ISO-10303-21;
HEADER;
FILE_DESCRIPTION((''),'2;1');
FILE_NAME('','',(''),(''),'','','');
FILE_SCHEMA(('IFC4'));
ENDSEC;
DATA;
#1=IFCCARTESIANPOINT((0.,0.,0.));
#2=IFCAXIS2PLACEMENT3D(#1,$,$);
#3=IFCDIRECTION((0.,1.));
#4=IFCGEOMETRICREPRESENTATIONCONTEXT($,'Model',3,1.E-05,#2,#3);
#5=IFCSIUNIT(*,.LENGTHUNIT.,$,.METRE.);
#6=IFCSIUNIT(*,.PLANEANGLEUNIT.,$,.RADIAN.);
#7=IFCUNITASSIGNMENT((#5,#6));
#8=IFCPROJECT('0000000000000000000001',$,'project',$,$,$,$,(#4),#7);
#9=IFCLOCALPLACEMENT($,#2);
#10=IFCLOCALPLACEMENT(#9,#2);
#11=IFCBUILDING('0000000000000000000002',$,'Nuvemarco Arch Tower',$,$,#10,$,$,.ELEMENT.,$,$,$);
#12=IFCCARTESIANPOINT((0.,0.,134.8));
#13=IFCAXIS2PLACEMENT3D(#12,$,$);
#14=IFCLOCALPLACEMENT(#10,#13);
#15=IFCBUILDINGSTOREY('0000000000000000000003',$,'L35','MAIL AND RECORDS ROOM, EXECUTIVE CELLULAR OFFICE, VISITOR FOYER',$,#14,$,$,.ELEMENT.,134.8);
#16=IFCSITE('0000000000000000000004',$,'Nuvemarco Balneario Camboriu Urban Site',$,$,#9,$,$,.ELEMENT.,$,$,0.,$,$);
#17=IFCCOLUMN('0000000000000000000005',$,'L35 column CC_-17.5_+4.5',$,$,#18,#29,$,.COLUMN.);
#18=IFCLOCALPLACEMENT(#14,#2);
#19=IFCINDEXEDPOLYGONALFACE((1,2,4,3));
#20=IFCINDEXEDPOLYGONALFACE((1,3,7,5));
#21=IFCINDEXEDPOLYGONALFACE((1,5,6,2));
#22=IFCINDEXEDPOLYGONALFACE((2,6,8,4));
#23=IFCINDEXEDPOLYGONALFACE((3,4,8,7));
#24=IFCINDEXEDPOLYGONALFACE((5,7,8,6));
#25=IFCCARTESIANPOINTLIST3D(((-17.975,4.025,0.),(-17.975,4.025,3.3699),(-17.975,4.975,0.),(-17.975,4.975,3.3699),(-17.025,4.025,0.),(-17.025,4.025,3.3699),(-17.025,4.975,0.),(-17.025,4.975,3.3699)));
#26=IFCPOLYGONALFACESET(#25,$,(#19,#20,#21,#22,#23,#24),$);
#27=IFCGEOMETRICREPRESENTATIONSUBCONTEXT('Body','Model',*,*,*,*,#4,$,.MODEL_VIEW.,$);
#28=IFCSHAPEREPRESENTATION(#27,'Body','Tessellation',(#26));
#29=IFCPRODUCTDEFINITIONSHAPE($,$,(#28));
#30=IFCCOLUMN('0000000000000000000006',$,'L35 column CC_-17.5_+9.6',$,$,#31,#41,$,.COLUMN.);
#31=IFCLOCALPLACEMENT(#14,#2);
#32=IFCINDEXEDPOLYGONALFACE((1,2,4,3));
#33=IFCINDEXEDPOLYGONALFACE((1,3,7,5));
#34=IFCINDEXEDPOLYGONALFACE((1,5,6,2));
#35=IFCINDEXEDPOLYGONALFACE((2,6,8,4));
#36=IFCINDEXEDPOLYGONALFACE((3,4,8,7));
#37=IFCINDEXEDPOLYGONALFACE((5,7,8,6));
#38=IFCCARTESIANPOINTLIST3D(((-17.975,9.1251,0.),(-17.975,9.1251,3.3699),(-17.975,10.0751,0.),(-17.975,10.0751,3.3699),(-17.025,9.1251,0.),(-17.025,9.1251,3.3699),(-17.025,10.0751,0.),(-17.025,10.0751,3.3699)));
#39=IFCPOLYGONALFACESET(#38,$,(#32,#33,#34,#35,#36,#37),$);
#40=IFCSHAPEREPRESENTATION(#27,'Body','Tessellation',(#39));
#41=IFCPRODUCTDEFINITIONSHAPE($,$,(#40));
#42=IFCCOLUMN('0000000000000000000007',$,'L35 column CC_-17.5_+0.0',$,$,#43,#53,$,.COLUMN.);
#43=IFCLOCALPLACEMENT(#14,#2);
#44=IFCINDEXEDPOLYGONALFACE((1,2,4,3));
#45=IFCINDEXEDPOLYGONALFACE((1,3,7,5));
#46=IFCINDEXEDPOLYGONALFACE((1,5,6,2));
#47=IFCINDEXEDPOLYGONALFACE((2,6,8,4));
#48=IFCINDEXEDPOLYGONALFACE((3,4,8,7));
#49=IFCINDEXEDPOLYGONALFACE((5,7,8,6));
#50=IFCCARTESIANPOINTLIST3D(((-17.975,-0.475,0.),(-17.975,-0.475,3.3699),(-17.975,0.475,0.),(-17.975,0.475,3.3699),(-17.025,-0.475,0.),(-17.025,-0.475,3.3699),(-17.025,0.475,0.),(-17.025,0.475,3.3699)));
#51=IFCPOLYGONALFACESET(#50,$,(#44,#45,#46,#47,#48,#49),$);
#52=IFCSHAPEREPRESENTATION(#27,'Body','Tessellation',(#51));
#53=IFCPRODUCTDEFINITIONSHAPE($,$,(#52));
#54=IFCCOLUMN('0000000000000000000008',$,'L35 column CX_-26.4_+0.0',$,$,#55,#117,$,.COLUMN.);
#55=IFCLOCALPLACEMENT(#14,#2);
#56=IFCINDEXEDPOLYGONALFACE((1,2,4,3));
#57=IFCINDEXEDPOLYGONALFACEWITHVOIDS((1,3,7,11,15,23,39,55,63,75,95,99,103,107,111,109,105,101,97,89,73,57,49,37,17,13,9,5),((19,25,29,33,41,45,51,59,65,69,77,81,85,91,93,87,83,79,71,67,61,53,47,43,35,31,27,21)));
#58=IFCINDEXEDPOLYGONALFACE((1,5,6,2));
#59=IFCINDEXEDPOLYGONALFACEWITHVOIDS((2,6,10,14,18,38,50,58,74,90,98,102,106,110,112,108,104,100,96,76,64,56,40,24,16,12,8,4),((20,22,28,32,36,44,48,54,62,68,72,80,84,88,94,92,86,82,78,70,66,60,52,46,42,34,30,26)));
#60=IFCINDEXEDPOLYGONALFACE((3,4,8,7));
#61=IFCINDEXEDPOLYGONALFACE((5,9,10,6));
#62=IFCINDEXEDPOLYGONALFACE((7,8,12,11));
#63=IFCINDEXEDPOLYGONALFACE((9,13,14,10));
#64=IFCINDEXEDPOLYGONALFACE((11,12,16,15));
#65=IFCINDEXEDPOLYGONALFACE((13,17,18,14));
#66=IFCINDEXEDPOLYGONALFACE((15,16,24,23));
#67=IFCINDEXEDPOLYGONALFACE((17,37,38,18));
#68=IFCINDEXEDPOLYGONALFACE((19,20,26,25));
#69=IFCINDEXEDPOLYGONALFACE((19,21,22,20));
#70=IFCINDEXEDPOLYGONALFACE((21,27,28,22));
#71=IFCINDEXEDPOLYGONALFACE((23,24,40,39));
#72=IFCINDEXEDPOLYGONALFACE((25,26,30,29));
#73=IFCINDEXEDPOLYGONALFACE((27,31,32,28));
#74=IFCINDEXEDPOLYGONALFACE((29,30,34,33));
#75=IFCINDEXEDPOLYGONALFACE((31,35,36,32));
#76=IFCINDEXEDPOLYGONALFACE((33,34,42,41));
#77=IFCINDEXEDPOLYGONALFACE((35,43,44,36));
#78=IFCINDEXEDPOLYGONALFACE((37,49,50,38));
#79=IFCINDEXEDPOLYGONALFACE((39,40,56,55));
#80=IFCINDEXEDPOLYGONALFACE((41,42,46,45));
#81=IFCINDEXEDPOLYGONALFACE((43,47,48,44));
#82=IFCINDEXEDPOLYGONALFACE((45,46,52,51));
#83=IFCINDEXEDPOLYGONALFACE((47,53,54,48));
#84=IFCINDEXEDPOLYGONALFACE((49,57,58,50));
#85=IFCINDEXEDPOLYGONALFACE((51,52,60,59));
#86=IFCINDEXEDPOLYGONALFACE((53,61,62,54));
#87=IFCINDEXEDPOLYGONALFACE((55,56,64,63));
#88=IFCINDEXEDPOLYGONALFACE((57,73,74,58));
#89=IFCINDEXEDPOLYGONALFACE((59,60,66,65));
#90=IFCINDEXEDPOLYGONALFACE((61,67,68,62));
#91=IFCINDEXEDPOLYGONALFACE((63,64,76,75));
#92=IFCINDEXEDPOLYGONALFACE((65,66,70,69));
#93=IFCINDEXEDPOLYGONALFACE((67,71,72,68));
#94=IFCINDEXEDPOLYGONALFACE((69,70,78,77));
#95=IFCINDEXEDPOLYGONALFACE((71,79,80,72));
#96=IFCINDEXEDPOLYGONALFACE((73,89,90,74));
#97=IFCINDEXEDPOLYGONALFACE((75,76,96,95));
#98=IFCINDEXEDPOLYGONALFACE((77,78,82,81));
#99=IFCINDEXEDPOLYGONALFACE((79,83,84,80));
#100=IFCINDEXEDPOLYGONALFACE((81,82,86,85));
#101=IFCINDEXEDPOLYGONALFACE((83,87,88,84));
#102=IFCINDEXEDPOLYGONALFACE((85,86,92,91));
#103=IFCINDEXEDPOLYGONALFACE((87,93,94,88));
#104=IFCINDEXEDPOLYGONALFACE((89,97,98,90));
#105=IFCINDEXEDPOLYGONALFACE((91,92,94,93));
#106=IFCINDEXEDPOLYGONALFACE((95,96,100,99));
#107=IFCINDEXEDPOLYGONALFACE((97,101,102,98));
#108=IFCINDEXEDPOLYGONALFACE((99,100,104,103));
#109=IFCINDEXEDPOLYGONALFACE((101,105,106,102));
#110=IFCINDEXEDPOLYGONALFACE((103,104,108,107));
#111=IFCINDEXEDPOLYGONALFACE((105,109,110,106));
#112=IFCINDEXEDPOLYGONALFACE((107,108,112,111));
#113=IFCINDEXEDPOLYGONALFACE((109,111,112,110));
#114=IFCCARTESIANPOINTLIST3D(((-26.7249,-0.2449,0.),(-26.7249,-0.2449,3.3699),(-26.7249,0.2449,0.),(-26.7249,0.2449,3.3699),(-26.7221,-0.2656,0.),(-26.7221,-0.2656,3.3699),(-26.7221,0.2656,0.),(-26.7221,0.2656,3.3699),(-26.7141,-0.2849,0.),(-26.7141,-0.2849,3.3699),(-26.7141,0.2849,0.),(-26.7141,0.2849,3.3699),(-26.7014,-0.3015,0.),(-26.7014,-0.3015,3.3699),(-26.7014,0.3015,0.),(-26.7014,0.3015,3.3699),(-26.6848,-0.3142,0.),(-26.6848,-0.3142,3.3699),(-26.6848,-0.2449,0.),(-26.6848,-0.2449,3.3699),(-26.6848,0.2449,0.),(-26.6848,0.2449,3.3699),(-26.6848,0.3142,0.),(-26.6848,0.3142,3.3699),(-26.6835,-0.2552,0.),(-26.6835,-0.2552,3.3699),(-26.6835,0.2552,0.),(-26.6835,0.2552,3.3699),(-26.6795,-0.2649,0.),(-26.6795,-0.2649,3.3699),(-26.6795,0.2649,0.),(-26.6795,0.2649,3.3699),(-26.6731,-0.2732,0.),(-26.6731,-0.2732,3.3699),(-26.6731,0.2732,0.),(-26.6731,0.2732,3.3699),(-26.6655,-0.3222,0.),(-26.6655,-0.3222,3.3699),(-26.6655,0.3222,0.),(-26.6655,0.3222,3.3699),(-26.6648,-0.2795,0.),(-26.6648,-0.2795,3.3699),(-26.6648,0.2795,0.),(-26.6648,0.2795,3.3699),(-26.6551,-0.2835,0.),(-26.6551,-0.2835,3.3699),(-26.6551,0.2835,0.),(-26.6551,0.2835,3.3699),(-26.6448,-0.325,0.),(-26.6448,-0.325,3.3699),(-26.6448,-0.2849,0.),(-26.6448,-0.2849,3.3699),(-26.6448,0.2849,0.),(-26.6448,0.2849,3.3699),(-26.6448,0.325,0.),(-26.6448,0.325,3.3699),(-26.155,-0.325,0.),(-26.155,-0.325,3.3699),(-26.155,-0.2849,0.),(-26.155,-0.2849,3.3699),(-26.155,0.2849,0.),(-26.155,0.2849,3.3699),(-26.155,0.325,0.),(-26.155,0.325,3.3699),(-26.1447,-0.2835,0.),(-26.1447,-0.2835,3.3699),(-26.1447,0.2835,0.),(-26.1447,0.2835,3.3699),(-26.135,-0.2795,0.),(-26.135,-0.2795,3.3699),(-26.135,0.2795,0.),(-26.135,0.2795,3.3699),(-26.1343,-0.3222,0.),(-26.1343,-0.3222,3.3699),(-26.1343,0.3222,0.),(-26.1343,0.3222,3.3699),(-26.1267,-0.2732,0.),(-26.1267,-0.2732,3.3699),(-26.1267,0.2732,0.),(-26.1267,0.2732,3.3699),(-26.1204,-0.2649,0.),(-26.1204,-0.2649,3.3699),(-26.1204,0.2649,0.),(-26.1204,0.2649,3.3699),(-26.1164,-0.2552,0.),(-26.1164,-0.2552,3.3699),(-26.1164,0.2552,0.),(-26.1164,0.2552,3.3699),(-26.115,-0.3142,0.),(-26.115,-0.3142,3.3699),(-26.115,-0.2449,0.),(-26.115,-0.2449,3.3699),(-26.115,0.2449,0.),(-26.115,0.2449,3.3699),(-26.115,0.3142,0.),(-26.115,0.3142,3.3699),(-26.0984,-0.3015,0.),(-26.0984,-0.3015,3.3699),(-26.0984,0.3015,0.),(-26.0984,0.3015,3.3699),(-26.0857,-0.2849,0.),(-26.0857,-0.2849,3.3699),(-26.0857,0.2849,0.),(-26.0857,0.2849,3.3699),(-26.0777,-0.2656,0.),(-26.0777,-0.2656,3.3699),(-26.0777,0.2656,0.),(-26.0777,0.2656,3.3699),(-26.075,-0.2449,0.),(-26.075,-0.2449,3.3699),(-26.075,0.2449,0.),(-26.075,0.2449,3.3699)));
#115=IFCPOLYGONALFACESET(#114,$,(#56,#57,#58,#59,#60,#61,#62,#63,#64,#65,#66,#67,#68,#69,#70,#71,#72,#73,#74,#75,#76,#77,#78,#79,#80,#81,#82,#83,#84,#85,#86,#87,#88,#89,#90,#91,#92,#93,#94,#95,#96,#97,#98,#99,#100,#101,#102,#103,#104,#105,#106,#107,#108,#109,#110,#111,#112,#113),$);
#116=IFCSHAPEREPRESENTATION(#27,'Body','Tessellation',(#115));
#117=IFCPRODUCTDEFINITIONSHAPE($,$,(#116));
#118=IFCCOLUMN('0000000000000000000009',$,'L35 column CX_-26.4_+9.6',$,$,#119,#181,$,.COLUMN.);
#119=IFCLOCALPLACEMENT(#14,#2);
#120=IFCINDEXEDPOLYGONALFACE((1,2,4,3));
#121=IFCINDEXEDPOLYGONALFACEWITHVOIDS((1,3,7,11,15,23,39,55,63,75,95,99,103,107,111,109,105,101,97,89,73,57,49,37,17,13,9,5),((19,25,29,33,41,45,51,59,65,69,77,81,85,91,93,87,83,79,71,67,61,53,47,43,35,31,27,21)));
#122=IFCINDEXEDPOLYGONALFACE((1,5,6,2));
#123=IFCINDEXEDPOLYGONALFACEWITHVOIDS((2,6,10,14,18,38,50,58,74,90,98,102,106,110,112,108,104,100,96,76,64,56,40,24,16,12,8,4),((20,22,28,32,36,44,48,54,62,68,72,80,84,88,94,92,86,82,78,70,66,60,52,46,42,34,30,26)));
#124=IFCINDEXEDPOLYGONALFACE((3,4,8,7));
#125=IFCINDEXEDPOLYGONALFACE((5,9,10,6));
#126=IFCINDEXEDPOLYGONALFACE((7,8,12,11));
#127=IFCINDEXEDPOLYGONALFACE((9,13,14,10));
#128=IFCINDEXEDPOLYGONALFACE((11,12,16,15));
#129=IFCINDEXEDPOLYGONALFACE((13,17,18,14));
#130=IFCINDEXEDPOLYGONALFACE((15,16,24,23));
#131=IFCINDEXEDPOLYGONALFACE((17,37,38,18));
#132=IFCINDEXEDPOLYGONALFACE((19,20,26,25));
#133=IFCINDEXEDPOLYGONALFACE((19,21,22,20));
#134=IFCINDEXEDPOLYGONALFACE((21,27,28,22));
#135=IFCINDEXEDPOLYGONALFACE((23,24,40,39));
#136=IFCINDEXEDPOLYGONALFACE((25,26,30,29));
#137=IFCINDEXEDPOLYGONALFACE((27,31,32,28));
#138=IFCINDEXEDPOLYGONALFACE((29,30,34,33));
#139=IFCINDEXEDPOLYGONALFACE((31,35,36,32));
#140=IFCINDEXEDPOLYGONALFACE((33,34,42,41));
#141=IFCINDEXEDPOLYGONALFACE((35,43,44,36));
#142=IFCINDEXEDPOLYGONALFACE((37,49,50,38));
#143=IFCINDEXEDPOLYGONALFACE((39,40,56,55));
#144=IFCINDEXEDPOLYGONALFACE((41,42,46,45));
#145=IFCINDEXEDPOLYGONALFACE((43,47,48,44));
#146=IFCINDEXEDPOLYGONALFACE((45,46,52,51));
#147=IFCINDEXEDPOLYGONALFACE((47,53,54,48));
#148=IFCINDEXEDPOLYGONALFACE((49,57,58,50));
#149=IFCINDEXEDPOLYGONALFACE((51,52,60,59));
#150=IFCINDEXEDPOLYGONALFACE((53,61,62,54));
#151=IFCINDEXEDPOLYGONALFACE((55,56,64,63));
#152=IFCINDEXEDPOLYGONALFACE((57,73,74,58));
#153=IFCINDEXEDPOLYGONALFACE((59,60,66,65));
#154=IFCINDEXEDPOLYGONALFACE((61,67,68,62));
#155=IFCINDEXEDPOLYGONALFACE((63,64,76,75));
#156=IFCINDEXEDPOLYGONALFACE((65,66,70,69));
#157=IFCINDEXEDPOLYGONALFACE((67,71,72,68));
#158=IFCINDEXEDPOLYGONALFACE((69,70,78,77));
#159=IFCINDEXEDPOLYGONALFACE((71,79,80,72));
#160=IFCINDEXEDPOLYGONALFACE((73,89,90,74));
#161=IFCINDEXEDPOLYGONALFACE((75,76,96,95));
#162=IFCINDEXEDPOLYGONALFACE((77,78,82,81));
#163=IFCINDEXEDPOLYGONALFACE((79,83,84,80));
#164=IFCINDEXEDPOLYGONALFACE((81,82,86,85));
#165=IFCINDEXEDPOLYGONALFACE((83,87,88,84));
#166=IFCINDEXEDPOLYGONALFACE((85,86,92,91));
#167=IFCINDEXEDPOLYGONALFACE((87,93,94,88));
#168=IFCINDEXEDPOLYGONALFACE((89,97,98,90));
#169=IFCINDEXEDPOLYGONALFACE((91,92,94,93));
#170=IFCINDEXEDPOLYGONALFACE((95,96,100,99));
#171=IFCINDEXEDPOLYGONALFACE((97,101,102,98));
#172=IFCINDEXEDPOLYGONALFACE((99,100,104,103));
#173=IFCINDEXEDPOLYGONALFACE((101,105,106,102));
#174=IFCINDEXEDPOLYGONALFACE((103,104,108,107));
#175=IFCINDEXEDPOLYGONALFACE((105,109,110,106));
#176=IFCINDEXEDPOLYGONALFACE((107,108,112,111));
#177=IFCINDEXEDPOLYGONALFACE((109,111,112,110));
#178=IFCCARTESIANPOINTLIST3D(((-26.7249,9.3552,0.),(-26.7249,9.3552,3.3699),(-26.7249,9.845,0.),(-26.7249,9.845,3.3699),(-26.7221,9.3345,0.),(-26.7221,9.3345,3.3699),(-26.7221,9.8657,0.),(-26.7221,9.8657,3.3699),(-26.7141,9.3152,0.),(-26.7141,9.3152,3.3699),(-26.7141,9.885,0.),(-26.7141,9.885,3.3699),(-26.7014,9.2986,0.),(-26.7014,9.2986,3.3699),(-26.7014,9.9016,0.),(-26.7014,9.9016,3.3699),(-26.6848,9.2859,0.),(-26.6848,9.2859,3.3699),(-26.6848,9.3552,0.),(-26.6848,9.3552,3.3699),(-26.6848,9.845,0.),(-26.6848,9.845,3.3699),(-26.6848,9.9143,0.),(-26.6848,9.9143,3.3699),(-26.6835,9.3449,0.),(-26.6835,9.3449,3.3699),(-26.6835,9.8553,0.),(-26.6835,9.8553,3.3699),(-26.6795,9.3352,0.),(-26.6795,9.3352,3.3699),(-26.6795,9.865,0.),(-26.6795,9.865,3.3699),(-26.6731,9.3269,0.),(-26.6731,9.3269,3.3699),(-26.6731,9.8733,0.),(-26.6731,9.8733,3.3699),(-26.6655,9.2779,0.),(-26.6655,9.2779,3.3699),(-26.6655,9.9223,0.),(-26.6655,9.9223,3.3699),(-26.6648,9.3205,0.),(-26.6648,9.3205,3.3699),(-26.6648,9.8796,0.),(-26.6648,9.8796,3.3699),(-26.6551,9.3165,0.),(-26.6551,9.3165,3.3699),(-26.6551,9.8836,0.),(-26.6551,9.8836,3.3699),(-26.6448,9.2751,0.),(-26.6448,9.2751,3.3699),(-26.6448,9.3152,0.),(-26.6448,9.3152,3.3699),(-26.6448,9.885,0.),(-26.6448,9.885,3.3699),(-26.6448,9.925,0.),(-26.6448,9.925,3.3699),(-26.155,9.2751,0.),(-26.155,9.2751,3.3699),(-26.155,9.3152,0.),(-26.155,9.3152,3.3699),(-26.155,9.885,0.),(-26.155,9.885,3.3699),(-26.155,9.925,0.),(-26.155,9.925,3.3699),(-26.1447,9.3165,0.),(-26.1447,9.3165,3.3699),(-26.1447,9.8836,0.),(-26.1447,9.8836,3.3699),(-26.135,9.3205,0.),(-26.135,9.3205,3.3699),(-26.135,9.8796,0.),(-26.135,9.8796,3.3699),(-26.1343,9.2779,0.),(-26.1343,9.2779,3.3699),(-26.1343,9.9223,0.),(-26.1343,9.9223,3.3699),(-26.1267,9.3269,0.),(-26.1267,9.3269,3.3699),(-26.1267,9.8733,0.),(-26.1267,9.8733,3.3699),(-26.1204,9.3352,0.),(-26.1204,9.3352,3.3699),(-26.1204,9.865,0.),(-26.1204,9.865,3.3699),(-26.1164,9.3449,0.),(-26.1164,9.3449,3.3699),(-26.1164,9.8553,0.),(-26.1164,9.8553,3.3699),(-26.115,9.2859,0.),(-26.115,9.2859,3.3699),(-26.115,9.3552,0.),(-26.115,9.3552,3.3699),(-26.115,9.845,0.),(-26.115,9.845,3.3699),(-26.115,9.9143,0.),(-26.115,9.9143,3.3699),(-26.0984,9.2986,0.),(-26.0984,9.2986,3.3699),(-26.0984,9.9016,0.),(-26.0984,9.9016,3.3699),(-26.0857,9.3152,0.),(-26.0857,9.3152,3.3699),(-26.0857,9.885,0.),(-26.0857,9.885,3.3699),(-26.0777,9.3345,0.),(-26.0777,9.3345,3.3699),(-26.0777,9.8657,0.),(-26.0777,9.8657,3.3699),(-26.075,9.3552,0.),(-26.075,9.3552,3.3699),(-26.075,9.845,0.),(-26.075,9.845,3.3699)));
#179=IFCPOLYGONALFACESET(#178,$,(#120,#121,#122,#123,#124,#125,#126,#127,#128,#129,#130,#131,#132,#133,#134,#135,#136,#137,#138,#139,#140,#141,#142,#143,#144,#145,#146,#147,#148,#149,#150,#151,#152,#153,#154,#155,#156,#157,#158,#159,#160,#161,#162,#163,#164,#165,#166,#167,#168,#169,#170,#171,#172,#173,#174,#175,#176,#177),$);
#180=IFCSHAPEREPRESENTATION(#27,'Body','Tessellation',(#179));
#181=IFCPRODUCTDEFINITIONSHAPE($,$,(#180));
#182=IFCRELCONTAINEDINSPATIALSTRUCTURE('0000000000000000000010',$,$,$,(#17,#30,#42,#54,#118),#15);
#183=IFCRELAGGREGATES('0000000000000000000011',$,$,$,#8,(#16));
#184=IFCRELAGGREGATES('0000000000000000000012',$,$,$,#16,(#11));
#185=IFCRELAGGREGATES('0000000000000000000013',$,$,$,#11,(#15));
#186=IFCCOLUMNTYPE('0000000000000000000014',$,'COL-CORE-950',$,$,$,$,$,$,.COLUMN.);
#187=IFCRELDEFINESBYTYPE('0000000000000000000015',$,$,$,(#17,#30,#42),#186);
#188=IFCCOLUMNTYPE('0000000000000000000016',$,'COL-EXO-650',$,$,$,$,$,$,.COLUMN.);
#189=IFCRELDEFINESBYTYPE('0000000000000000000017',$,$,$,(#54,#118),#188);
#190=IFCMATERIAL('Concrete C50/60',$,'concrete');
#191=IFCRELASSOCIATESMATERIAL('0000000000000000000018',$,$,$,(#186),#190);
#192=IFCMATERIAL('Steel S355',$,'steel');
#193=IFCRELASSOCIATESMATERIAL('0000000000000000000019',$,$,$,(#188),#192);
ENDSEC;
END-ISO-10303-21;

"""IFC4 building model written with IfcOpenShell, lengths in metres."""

from ifc_helpers import new_model, si_unit, direction, frame, origin, origin_2d, place, context, subcontext, project, spatial, rectangle, hollow_rectangle, extrude, material, material_profile, profile_set, type_object, element, save


model = new_model("IFC4")

# Units and contexts
model_context = context("Model", 3, precision=1e-05, world=origin(), true_north=direction((0.0, 1.0)))
body_context = subcontext(model_context, "Body", "Model", "MODEL_VIEW")
ifc_project = project(units=[si_unit("LENGTHUNIT", "METRE"), si_unit("PLANEANGLEUNIT", "RADIAN")], contexts=[model_context])

# Site, building, storey
site_placement = place(None, origin())
site = spatial("IfcSite", under=ifc_project, at=site_placement, Name="Nuvemarco Balneario Camboriu Urban Site", CompositionType="ELEMENT", RefElevation=0.0)
building_placement = place(site_placement, origin())
building = spatial("IfcBuilding", under=site, at=building_placement, Name="Nuvemarco Arch Tower", CompositionType="ELEMENT")
storey_placement = place(building_placement, frame((0.0, 0.0, 134.8)))
storey = spatial("IfcBuildingStorey", under=building, at=storey_placement, Name="L35", Description="MAIL AND RECORDS ROOM, EXECUTIVE CELLULAR OFFICE, VISITOR FOYER", CompositionType="ELEMENT", Elevation=134.8)

# Columns
ifc_material_1 = material(Name="Concrete C50/60", Category="concrete")
ifc_material_profile_1 = material_profile(ifc_material_1, rectangle(XDim=0.95, YDim=0.95, at=origin_2d()), Name="RC-COL-950x950")
ifc_profile_set_1 = profile_set([ifc_material_profile_1], Name="Concrete C50/60")
column_type_1 = type_object("IfcColumnType", Name="COL-CORE-950", PredefinedType="COLUMN", material=ifc_profile_set_1)
for number, where, z_axis, x_axis, name in (
    (1, (-17.5, 4.5, 0.0), (0.0, 0.0, 1.0), (1.0, 0.0, 0.0), "L35 column CC_-17.5_+4.5"),
    (2, (-17.5, 9.6001, 0.0), (0.0, 0.0, 1.0), (1.0, 0.0, 0.0), "L35 column CC_-17.5_+9.6"),
    (3, (-17.5, 0.0, 0.0), (0.0, 0.0, 1.0), (1.0, 0.0, 0.0), "L35 column CC_-17.5_+0.0"),
):
    element("IfcColumn", number, at=place(storey_placement, frame(where, z_axis=z_axis, x_axis=x_axis)), inside=storey, type_object=column_type_1, Name=name, PredefinedType="COLUMN", context=body_context, shape_type="SweptSolid", body=[
        extrude(rectangle(XDim=0.95, YDim=0.95, at=origin_2d()), origin(), (0.0, 0.0, 1.0), 3.3699),
    ])
ifc_material_2 = material(Name="Steel S355", Category="steel")
ifc_material_profile_2 = material_profile(ifc_material_2, hollow_rectangle(XDim=0.6499, YDim=0.6499, WallThickness=0.04, InnerFilletRadius=0.04, OuterFilletRadius=0.0801, at=origin_2d()), Name="SHS650x650x40")
ifc_profile_set_2 = profile_set([ifc_material_profile_2], Name="Steel S355")
column_type_2 = type_object("IfcColumnType", Name="COL-EXO-650", PredefinedType="COLUMN", material=ifc_profile_set_2)
for number, where, z_axis, x_axis, name in (
    (4, (-26.3999, 0.0, 0.0), (0.0, 0.0, 1.0), (1.0, 0.0, 0.0), "L35 column CX_-26.4_+0.0"),
    (5, (-26.3999, 9.6001, 0.0), (0.0, 0.0, 1.0), (1.0, 0.0, 0.0), "L35 column CX_-26.4_+9.6"),
):
    element("IfcColumn", number, at=place(storey_placement, frame(where, z_axis=z_axis, x_axis=x_axis)), inside=storey, type_object=column_type_2, Name=name, PredefinedType="COLUMN", context=body_context, shape_type="SweptSolid", body=[
        extrude(hollow_rectangle(XDim=0.6499, YDim=0.6499, WallThickness=0.04, InnerFilletRadius=0.04, OuterFilletRadius=0.0801, at=origin_2d()), origin(), (0.0, 0.0, 1.0), 3.3699),
    ])

save(model, "model.ifc")
